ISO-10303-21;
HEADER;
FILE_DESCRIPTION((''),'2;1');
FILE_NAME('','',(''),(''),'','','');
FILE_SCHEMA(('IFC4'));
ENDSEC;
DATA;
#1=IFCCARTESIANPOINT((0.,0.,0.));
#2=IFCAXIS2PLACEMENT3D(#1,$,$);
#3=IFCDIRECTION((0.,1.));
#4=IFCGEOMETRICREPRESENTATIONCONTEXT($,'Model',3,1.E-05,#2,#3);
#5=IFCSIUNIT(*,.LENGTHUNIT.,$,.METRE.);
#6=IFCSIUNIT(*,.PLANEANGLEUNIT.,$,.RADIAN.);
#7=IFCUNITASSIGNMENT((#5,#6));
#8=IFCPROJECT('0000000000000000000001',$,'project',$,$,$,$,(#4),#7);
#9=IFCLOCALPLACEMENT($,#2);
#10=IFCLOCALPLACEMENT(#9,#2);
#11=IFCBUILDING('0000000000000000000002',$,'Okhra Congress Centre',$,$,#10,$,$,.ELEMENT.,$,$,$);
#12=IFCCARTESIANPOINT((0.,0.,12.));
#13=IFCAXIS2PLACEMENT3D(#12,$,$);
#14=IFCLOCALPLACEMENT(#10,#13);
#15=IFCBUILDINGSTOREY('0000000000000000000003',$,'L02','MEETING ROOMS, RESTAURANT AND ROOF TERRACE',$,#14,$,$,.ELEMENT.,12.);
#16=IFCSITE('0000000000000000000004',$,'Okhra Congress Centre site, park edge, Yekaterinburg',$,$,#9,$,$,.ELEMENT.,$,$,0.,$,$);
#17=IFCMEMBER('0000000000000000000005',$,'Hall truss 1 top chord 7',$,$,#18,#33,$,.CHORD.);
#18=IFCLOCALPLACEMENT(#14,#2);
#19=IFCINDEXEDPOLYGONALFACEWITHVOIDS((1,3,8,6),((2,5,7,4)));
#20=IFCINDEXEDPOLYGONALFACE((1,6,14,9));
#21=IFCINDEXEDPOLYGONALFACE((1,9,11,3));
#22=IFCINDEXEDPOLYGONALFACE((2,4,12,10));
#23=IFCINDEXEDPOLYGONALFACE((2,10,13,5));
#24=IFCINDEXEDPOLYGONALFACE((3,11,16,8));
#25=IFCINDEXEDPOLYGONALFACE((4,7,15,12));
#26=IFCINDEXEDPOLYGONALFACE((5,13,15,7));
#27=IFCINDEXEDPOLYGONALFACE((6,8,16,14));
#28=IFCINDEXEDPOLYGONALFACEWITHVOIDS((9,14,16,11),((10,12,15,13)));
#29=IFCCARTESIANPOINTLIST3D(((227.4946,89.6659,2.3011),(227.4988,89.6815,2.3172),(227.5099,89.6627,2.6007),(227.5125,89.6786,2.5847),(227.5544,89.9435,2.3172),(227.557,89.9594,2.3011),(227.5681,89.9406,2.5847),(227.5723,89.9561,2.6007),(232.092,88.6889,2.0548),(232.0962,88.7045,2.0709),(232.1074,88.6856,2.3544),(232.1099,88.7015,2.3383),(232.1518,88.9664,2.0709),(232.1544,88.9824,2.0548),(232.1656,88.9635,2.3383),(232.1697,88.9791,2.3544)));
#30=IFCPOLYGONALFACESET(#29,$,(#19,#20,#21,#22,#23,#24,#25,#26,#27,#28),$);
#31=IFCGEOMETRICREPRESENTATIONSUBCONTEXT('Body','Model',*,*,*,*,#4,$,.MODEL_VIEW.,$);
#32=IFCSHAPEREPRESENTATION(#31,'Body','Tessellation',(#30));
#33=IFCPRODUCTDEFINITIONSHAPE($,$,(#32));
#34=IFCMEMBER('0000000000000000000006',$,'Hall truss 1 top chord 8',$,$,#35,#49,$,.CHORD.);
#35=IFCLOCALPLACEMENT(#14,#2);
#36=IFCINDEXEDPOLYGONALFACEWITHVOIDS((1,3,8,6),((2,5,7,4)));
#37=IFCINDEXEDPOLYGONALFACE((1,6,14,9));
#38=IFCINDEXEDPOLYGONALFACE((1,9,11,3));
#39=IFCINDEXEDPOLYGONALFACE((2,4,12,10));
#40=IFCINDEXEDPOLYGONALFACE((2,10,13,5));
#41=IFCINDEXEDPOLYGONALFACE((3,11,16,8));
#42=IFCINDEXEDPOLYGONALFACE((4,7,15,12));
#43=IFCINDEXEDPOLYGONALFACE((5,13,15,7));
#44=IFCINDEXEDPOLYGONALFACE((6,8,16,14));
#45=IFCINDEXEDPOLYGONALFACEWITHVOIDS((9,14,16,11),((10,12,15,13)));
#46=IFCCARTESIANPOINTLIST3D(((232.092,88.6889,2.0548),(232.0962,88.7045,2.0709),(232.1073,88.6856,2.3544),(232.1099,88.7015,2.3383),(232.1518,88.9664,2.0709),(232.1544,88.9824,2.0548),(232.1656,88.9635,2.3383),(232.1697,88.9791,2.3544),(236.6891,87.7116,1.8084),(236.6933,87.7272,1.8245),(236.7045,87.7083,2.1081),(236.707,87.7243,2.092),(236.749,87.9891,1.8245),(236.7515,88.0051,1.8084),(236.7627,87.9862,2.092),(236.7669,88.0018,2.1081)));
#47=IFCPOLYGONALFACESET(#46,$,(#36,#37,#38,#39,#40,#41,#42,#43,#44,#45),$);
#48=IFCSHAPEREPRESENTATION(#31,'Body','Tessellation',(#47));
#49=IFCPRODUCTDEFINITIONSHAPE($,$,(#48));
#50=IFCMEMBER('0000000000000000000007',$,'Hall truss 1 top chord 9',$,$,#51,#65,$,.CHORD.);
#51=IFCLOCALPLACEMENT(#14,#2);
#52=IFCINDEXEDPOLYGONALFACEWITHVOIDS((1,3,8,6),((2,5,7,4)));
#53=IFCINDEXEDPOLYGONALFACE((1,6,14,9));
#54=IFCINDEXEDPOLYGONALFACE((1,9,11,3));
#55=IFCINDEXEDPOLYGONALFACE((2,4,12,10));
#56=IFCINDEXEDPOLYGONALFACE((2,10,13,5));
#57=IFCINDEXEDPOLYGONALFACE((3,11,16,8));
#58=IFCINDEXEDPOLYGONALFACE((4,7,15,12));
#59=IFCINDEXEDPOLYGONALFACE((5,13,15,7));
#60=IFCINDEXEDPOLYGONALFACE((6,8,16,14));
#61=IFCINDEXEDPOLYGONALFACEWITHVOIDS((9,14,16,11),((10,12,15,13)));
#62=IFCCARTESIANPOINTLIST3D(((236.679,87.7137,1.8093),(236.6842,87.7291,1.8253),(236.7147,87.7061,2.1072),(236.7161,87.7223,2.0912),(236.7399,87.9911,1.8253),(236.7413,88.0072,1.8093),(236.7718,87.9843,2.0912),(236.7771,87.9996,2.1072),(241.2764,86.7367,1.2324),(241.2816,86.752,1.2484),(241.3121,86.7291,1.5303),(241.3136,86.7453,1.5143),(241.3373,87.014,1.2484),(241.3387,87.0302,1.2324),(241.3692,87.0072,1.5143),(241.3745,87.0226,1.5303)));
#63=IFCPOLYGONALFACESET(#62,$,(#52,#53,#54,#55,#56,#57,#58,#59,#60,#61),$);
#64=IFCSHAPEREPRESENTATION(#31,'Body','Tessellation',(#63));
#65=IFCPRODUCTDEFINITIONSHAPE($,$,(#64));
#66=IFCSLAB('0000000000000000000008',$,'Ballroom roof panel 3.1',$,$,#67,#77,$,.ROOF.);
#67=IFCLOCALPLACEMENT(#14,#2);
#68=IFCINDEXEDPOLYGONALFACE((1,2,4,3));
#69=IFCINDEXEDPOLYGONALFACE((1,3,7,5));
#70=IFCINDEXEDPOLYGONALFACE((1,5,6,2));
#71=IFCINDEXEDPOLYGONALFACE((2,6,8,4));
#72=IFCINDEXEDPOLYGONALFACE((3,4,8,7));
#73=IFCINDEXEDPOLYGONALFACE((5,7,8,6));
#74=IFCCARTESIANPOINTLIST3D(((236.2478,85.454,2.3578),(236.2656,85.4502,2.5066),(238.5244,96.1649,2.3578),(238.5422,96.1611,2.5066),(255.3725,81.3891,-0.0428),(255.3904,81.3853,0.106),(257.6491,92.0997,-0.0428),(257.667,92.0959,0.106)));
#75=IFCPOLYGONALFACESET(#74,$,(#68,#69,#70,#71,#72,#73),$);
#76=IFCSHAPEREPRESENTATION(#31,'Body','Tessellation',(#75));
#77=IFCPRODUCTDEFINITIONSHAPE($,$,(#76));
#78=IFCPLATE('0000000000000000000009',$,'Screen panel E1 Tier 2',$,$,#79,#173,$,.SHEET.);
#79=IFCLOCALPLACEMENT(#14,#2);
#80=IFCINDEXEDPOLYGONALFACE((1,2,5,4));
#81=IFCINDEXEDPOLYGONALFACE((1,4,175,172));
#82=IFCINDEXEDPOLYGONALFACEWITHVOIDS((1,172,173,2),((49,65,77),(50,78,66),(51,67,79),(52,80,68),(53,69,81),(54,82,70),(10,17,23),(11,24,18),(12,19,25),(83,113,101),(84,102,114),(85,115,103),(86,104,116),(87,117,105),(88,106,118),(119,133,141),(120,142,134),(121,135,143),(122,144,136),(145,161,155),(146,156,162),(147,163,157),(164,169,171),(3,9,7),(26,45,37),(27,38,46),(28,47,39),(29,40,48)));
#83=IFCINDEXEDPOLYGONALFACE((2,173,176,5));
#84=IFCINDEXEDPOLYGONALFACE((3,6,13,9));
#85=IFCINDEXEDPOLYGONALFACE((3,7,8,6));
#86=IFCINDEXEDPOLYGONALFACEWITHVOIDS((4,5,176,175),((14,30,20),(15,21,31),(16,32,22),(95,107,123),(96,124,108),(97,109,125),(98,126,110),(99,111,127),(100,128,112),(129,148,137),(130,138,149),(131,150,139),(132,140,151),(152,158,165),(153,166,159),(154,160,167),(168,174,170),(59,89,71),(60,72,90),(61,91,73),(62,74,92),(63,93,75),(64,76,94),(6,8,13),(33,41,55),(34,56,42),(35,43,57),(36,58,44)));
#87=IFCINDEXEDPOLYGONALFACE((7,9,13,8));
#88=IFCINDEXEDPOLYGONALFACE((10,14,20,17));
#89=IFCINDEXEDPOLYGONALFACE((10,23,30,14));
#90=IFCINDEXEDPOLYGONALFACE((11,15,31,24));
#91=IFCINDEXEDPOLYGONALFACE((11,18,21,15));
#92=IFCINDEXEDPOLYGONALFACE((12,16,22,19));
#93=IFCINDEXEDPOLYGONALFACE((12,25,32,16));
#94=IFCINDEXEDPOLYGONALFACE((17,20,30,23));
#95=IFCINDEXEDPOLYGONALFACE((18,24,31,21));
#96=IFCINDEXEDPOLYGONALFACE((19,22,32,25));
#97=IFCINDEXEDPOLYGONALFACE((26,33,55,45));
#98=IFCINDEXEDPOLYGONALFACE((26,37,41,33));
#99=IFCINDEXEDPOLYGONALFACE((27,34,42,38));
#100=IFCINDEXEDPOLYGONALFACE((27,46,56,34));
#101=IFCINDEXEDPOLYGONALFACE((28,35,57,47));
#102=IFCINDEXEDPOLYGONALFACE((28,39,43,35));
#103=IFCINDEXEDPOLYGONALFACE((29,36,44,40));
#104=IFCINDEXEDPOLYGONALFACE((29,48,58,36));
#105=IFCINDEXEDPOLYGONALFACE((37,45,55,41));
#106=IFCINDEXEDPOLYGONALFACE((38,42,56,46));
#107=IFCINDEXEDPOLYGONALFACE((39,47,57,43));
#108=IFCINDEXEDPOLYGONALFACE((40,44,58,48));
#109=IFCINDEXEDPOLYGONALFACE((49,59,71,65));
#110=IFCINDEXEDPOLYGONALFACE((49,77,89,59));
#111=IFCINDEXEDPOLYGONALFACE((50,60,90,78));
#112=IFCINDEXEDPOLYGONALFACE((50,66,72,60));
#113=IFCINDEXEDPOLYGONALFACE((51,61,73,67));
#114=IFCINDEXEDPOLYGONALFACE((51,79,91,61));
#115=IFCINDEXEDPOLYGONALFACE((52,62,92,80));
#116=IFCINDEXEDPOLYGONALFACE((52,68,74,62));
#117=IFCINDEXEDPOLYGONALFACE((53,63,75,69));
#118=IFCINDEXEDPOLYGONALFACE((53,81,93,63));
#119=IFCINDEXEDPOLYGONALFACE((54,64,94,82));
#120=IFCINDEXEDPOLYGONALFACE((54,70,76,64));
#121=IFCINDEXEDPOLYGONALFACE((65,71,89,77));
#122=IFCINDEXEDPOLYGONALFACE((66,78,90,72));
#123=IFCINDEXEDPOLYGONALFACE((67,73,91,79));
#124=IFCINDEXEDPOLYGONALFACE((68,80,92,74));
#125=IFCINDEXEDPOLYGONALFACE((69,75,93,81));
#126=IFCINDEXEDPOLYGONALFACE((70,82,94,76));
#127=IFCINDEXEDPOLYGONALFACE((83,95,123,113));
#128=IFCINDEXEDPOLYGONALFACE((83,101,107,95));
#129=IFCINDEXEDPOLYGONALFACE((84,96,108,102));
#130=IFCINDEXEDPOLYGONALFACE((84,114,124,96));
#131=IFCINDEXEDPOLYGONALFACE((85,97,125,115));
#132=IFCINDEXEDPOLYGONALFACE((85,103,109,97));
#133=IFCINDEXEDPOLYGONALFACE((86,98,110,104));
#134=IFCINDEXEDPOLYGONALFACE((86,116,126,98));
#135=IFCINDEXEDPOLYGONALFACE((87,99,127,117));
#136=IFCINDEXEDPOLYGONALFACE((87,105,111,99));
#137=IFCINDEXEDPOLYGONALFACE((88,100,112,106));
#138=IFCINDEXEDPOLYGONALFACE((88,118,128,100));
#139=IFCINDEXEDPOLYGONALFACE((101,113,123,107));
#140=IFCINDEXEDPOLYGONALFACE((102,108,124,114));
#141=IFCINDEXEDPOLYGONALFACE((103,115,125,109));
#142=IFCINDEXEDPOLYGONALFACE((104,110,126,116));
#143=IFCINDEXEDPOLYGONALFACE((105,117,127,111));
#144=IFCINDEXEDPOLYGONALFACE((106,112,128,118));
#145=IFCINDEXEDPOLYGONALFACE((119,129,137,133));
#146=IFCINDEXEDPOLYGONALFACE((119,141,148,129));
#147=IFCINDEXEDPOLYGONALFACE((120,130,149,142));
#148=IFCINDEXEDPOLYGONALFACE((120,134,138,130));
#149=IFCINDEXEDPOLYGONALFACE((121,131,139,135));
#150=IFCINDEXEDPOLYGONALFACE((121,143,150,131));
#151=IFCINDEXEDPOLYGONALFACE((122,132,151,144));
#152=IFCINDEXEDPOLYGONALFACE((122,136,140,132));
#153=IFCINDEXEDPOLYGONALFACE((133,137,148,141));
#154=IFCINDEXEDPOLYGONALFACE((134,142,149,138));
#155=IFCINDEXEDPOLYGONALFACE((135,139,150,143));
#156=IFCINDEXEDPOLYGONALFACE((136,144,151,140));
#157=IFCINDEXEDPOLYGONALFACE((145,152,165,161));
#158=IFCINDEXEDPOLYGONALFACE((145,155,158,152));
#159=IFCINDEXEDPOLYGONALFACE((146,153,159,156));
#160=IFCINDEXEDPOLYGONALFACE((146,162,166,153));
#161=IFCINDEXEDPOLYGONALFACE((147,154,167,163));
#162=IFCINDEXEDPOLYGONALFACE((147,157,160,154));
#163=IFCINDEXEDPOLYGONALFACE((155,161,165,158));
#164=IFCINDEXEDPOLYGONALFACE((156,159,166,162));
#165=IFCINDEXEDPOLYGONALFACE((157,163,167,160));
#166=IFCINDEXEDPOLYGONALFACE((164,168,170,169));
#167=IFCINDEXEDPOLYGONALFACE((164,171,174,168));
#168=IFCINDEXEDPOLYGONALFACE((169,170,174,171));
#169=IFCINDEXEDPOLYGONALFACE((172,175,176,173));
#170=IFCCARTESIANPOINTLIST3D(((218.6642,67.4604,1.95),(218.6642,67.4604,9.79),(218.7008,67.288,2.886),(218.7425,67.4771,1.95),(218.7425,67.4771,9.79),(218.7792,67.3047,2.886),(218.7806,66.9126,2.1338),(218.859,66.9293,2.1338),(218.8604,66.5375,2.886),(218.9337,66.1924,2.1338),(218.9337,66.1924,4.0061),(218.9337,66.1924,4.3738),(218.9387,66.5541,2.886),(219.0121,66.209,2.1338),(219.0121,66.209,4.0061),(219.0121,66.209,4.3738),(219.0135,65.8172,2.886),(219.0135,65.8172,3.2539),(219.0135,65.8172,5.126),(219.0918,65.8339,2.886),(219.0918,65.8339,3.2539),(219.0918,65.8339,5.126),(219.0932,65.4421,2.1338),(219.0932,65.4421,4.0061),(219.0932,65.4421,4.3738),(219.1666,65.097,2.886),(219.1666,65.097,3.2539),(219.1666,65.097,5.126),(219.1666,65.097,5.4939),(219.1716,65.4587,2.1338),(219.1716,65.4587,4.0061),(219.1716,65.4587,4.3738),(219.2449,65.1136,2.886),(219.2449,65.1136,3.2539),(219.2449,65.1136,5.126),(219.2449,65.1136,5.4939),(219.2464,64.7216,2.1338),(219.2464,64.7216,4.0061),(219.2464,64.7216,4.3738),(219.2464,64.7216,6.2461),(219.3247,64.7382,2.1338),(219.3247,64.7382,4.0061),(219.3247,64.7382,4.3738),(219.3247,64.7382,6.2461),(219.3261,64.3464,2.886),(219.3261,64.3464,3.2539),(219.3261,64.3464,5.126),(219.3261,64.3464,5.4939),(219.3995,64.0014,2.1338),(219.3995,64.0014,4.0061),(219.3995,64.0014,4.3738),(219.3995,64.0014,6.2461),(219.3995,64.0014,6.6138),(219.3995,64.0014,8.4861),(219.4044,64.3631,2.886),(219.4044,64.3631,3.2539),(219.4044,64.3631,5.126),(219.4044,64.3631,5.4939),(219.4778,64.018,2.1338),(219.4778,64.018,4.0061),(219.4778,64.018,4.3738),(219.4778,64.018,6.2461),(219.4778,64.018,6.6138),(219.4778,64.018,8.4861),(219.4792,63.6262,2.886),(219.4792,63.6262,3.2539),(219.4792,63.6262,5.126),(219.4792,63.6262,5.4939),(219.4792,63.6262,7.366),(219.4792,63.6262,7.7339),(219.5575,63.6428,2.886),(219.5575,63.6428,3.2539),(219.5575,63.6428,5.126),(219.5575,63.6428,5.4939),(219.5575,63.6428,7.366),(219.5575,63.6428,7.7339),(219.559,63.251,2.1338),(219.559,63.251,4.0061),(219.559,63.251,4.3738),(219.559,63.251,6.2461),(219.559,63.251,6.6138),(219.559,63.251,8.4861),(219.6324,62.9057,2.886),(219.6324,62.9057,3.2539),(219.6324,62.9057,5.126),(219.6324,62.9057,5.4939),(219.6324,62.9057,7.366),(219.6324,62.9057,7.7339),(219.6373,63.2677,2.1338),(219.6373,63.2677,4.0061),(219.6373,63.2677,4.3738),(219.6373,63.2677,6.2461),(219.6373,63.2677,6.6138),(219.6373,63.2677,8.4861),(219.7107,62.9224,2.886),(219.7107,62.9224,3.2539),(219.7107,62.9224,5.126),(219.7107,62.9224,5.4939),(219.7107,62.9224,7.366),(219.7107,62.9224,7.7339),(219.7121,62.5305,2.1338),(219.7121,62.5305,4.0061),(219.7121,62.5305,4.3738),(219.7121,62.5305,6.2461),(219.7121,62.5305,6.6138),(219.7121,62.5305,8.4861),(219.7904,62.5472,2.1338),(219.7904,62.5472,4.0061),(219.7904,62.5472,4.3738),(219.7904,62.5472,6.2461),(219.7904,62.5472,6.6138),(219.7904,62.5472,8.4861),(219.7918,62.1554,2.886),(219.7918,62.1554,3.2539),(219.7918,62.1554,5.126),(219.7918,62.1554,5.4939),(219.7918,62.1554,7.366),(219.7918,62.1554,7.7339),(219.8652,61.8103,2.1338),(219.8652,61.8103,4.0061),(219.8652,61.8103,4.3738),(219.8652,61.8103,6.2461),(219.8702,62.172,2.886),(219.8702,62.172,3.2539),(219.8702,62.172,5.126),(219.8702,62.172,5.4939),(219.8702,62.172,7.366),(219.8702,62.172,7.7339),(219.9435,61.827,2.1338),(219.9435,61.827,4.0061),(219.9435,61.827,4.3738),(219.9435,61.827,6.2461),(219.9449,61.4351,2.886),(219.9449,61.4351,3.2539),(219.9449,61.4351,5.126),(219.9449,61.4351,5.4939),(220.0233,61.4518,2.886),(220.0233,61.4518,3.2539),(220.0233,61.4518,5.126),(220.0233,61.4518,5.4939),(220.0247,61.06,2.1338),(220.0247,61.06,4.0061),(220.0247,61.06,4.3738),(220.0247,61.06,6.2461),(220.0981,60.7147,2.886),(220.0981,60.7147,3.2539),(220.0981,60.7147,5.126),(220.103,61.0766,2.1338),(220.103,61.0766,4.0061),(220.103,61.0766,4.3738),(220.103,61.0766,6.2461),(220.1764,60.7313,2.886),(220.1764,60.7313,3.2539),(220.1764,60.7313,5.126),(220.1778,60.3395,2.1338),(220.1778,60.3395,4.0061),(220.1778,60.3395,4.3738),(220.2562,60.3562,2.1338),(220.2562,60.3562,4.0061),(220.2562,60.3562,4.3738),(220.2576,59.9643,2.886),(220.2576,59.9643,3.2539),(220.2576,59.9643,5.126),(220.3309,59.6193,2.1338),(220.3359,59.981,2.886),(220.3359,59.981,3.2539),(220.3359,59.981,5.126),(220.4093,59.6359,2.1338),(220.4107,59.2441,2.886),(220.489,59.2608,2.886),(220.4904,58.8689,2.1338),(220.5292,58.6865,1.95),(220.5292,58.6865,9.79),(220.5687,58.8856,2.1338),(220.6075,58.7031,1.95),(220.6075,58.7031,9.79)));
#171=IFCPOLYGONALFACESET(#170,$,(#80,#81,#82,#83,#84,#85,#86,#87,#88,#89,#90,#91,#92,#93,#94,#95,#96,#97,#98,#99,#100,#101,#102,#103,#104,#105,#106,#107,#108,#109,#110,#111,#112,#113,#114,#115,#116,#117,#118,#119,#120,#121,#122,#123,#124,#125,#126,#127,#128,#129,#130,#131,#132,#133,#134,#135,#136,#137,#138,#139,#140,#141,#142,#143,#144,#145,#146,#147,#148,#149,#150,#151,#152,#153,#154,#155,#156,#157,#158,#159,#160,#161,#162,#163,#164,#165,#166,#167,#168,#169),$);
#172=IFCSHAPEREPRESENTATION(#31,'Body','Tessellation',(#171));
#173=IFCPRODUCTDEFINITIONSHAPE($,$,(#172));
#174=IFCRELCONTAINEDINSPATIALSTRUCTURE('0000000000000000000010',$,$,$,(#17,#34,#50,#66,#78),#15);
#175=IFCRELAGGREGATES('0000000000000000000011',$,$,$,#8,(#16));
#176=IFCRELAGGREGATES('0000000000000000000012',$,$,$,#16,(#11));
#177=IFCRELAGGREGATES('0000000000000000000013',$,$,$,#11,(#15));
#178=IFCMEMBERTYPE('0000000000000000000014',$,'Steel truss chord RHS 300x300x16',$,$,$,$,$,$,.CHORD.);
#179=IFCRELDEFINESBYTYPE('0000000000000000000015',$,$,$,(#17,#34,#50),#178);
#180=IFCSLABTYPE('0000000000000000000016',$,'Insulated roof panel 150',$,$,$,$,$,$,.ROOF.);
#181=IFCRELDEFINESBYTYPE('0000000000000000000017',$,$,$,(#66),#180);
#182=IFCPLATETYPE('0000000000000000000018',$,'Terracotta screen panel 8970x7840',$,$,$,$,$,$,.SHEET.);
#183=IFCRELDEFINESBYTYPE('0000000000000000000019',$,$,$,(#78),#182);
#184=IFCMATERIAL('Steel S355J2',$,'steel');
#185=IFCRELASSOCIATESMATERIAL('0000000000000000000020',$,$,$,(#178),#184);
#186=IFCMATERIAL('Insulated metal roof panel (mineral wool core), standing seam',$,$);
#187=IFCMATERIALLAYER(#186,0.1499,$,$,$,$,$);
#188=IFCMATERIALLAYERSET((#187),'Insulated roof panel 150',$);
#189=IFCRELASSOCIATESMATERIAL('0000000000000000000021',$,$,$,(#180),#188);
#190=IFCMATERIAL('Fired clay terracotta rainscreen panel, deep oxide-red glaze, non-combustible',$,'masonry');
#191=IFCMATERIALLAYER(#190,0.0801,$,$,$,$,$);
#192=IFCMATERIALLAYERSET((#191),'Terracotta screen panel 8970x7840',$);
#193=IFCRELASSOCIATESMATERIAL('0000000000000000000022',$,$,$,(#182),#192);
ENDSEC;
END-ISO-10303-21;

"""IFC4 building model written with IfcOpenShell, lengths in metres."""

from ifc_helpers import new_model, si_unit, direction, frame, origin, origin_2d, place, context, subcontext, project, spatial, polyline, hollow_rectangle, outline, extrude, material, layer, layer_set, material_profile, profile_set, type_object, element, save


model = new_model("IFC4")

# Units and contexts
model_context = context("Model", 3, precision=1e-05, world=origin(), true_north=direction((0.0, 1.0)))
body_context = subcontext(model_context, "Body", "Model", "MODEL_VIEW")
ifc_project = project(units=[si_unit("LENGTHUNIT", "METRE"), si_unit("PLANEANGLEUNIT", "RADIAN")], contexts=[model_context])

# Site, building, storey
site_placement = place(None, origin())
site = spatial("IfcSite", under=ifc_project, at=site_placement, Name="Okhra Congress Centre site, park edge, Yekaterinburg", CompositionType="ELEMENT", RefElevation=0.0)
building_placement = place(site_placement, origin())
building = spatial("IfcBuilding", under=site, at=building_placement, Name="Okhra Congress Centre", CompositionType="ELEMENT")
storey_placement = place(building_placement, frame((0.0, 0.0, 12.0)))
storey = spatial("IfcBuildingStorey", under=building, at=storey_placement, Name="L02", Description="MEETING ROOMS, RESTAURANT AND ROOF TERRACE", CompositionType="ELEMENT", Elevation=12.0)

# Members
ifc_material_1 = material(Name="Steel S355J2", Category="steel")
ifc_material_profile_1 = material_profile(ifc_material_1, hollow_rectangle(XDim=0.3, YDim=0.3, WallThickness=0.0161, at=origin_2d()), Name="RHS 300x300x16")
ifc_profile_set_1 = profile_set([ifc_material_profile_1], Name="Steel S355J2")
member_type_1 = type_object("IfcMemberType", Name="Steel truss chord RHS 300x300x16", PredefinedType="CHORD", material=ifc_profile_set_1)
member_1_placement = place(storey_placement, frame((227.5334, 89.811, 2.4509), z_axis=(0.976814, -0.207594, -0.052339), x_axis=(0.207879, 0.978154, 0.0)))
element("IfcMember", 1, at=member_1_placement, inside=storey, type_object=member_type_1, Name="Hall truss 1 top chord 7", PredefinedType="CHORD", context=body_context, shape_type="SweptSolid", body=[
    extrude(hollow_rectangle(XDim=0.3, YDim=0.3, WallThickness=0.0161, at=origin_2d()), origin(), (0.0, 0.0, 1.0), 4.7065),
])
member_2_placement = place(storey_placement, frame((232.1309, 88.834, 2.2046), z_axis=(0.976801, -0.207654, -0.052342), x_axis=(0.20794, 0.978142, 0.0)))
element("IfcMember", 2, at=member_2_placement, inside=storey, type_object=member_type_1, Name="Hall truss 1 top chord 8", PredefinedType="CHORD", context=body_context, shape_type="SweptSolid", body=[
    extrude(hollow_rectangle(XDim=0.3, YDim=0.3, WallThickness=0.0161, at=origin_2d()), origin(), (0.0, 0.0, 1.0), 4.7063),
])
member_3_placement = place(storey_placement, frame((236.728, 87.8567, 1.9583), z_axis=(0.970868, -0.206331, -0.121829), x_axis=(0.207879, 0.978154, 0.0)))
element("IfcMember", 3, at=member_3_placement, inside=storey, type_object=member_type_1, Name="Hall truss 1 top chord 9", PredefinedType="CHORD", context=body_context, shape_type="SweptSolid", body=[
    extrude(hollow_rectangle(XDim=0.3, YDim=0.3, WallThickness=0.0161, at=origin_2d()), origin(), (0.0, 0.0, 1.0), 4.7354),
])

# Slab
ifc_material_2 = material(Name="Insulated metal roof panel (mineral wool core), standing seam")
ifc_layer_1 = layer(ifc_material_2, 0.1499)
ifc_layer_set_1 = layer_set([ifc_layer_1], Name="Insulated roof panel 150")
slab_type = type_object("IfcSlabType", Name="Insulated roof panel 150", PredefinedType="ROOF", material=ifc_layer_set_1)
slab_placement = place(storey_placement, frame((236.2656, 85.4502, 2.5066), z_axis=(0.119204, -0.025337, 0.992546), x_axis=(0.970858, -0.206355, -0.121867)))
element("IfcSlab", 4, at=slab_placement, inside=storey, type_object=slab_type, Name="Ballroom roof panel 3.1", PredefinedType="ROOF", context=body_context, shape_type="SweptSolid", body=[
    extrude(outline(polyline([(0.0, 0.0), (19.6988, 0.0), (19.6989, 10.95), (0.0, 10.9502), (0.0, 0.0)])), origin(), (0.0, 0.0, -1.0), 0.1499),
])

# Plate
ifc_material_3 = material(Name="Fired clay terracotta rainscreen panel, deep oxide-red glaze, non-combustible", Category="masonry")
ifc_layer_2 = layer(ifc_material_3, 0.0801)
ifc_layer_set_2 = layer_set([ifc_layer_2], Name="Terracotta screen panel 8970x7840")
plate_type_1 = type_object("IfcPlateType", Name="Terracotta screen panel 8970x7840", PredefinedType="SHEET", material=ifc_layer_set_2)
plate_1_placement = place(storey_placement, frame((220.5684, 58.6948, 1.95), z_axis=(0.0, 0.0, 1.0), x_axis=(-0.207915, 0.978147, 0.0)))
element("IfcPlate", 5, at=plate_1_placement, inside=storey, type_object=plate_type_1, Name="Screen panel E1 Tier 2", PredefinedType="SHEET", context=body_context, shape_type="SweptSolid", body=[
    extrude(outline(polyline([(0.0, 0.0), (8.97, 0.0), (8.97, 7.8401), (0.0, 7.8401), (0.0, 0.0)]), holes=[polyline([(0.1865, 0.1838), (0.9536, 0.1838), (0.5701, 0.936), (0.1865, 0.1838)]), polyline([(1.3064, 0.936), (1.6899, 0.1838), (2.0735, 0.936), (1.3064, 0.936)]), polyline([(2.4265, 0.1838), (3.1936, 0.1838), (2.8101, 0.936), (2.4265, 0.1838)]), polyline([(3.5464, 0.936), (3.9299, 0.1838), (4.3135, 0.936), (3.5464, 0.936)]), polyline([(4.6665, 0.1838), (5.4336, 0.1838), (5.05, 0.936), (4.6665, 0.1838)]), polyline([(5.7864, 0.936), (6.1699, 0.1838), (6.5537, 0.936), (5.7864, 0.936)]), polyline([(6.9065, 0.1838), (7.6736, 0.1838), (7.29, 0.936), (6.9065, 0.1838)]), polyline([(8.0264, 0.936), (8.4099, 0.1838), (8.7937, 0.936), (8.0264, 0.936)]), polyline([(1.3064, 1.304), (2.0735, 1.304), (1.6899, 2.0562), (1.3064, 1.304)]), polyline([(2.4265, 2.0562), (2.8101, 1.304), (3.1936, 2.0562), (2.4265, 2.0562)]), polyline([(3.5464, 1.304), (4.3135, 1.304), (3.9299, 2.0562), (3.5464, 1.304)]), polyline([(4.6665, 2.0562), (5.05, 1.304), (5.4336, 2.0562), (4.6665, 2.0562)]), polyline([(5.7864, 1.304), (6.5537, 1.304), (6.1699, 2.0562), (5.7864, 1.304)]), polyline([(6.9065, 2.0562), (7.29, 1.304), (7.6736, 2.0562), (6.9065, 2.0562)]), polyline([(1.3064, 3.176), (1.6899, 2.4238), (2.0735, 3.176), (1.3064, 3.176)]), polyline([(2.4265, 2.4238), (3.1936, 2.4238), (2.8101, 3.176), (2.4265, 2.4238)]), polyline([(3.5464, 3.176), (3.9299, 2.4238), (4.3135, 3.176), (3.5464, 3.176)]), polyline([(4.6665, 2.4238), (5.4336, 2.4238), (5.05, 3.176), (4.6665, 2.4238)]), polyline([(5.7864, 3.176), (6.1699, 2.4238), (6.5537, 3.176), (5.7864, 3.176)]), polyline([(6.9065, 2.4238), (7.6736, 2.4238), (7.29, 3.176), (6.9065, 2.4238)]), polyline([(2.4265, 4.2961), (2.8101, 3.5439), (3.1936, 4.2961), (2.4265, 4.2961)]), polyline([(3.5464, 3.5439), (4.3135, 3.5439), (3.9299, 4.2961), (3.5464, 3.5439)]), polyline([(4.6665, 4.2961), (5.05, 3.5439), (5.4336, 4.2961), (4.6665, 4.2961)]), polyline([(5.7864, 3.5439), (6.5537, 3.5439), (6.1699, 4.2961), (5.7864, 3.5439)]), polyline([(3.5464, 5.416), (3.9299, 4.6638), (4.3135, 5.416), (3.5464, 5.416)]), polyline([(4.6665, 4.6638), (5.4336, 4.6638), (5.05, 5.416), (4.6665, 4.6638)]), polyline([(3.5464, 5.7839), (4.3135, 5.7839), (3.9299, 6.5361), (3.5464, 5.7839)]), polyline([(4.6665, 6.5361), (5.05, 5.7839), (5.4336, 6.5361), (4.6665, 6.5361)])]), frame((0.0, 0.04, 0.0), z_axis=(0.0, -1.0, 0.0), x_axis=(1.0, 0.0, 0.0)), (0.0, 0.0, 1.0), 0.0801),
])

save(model, "model.ifc")
